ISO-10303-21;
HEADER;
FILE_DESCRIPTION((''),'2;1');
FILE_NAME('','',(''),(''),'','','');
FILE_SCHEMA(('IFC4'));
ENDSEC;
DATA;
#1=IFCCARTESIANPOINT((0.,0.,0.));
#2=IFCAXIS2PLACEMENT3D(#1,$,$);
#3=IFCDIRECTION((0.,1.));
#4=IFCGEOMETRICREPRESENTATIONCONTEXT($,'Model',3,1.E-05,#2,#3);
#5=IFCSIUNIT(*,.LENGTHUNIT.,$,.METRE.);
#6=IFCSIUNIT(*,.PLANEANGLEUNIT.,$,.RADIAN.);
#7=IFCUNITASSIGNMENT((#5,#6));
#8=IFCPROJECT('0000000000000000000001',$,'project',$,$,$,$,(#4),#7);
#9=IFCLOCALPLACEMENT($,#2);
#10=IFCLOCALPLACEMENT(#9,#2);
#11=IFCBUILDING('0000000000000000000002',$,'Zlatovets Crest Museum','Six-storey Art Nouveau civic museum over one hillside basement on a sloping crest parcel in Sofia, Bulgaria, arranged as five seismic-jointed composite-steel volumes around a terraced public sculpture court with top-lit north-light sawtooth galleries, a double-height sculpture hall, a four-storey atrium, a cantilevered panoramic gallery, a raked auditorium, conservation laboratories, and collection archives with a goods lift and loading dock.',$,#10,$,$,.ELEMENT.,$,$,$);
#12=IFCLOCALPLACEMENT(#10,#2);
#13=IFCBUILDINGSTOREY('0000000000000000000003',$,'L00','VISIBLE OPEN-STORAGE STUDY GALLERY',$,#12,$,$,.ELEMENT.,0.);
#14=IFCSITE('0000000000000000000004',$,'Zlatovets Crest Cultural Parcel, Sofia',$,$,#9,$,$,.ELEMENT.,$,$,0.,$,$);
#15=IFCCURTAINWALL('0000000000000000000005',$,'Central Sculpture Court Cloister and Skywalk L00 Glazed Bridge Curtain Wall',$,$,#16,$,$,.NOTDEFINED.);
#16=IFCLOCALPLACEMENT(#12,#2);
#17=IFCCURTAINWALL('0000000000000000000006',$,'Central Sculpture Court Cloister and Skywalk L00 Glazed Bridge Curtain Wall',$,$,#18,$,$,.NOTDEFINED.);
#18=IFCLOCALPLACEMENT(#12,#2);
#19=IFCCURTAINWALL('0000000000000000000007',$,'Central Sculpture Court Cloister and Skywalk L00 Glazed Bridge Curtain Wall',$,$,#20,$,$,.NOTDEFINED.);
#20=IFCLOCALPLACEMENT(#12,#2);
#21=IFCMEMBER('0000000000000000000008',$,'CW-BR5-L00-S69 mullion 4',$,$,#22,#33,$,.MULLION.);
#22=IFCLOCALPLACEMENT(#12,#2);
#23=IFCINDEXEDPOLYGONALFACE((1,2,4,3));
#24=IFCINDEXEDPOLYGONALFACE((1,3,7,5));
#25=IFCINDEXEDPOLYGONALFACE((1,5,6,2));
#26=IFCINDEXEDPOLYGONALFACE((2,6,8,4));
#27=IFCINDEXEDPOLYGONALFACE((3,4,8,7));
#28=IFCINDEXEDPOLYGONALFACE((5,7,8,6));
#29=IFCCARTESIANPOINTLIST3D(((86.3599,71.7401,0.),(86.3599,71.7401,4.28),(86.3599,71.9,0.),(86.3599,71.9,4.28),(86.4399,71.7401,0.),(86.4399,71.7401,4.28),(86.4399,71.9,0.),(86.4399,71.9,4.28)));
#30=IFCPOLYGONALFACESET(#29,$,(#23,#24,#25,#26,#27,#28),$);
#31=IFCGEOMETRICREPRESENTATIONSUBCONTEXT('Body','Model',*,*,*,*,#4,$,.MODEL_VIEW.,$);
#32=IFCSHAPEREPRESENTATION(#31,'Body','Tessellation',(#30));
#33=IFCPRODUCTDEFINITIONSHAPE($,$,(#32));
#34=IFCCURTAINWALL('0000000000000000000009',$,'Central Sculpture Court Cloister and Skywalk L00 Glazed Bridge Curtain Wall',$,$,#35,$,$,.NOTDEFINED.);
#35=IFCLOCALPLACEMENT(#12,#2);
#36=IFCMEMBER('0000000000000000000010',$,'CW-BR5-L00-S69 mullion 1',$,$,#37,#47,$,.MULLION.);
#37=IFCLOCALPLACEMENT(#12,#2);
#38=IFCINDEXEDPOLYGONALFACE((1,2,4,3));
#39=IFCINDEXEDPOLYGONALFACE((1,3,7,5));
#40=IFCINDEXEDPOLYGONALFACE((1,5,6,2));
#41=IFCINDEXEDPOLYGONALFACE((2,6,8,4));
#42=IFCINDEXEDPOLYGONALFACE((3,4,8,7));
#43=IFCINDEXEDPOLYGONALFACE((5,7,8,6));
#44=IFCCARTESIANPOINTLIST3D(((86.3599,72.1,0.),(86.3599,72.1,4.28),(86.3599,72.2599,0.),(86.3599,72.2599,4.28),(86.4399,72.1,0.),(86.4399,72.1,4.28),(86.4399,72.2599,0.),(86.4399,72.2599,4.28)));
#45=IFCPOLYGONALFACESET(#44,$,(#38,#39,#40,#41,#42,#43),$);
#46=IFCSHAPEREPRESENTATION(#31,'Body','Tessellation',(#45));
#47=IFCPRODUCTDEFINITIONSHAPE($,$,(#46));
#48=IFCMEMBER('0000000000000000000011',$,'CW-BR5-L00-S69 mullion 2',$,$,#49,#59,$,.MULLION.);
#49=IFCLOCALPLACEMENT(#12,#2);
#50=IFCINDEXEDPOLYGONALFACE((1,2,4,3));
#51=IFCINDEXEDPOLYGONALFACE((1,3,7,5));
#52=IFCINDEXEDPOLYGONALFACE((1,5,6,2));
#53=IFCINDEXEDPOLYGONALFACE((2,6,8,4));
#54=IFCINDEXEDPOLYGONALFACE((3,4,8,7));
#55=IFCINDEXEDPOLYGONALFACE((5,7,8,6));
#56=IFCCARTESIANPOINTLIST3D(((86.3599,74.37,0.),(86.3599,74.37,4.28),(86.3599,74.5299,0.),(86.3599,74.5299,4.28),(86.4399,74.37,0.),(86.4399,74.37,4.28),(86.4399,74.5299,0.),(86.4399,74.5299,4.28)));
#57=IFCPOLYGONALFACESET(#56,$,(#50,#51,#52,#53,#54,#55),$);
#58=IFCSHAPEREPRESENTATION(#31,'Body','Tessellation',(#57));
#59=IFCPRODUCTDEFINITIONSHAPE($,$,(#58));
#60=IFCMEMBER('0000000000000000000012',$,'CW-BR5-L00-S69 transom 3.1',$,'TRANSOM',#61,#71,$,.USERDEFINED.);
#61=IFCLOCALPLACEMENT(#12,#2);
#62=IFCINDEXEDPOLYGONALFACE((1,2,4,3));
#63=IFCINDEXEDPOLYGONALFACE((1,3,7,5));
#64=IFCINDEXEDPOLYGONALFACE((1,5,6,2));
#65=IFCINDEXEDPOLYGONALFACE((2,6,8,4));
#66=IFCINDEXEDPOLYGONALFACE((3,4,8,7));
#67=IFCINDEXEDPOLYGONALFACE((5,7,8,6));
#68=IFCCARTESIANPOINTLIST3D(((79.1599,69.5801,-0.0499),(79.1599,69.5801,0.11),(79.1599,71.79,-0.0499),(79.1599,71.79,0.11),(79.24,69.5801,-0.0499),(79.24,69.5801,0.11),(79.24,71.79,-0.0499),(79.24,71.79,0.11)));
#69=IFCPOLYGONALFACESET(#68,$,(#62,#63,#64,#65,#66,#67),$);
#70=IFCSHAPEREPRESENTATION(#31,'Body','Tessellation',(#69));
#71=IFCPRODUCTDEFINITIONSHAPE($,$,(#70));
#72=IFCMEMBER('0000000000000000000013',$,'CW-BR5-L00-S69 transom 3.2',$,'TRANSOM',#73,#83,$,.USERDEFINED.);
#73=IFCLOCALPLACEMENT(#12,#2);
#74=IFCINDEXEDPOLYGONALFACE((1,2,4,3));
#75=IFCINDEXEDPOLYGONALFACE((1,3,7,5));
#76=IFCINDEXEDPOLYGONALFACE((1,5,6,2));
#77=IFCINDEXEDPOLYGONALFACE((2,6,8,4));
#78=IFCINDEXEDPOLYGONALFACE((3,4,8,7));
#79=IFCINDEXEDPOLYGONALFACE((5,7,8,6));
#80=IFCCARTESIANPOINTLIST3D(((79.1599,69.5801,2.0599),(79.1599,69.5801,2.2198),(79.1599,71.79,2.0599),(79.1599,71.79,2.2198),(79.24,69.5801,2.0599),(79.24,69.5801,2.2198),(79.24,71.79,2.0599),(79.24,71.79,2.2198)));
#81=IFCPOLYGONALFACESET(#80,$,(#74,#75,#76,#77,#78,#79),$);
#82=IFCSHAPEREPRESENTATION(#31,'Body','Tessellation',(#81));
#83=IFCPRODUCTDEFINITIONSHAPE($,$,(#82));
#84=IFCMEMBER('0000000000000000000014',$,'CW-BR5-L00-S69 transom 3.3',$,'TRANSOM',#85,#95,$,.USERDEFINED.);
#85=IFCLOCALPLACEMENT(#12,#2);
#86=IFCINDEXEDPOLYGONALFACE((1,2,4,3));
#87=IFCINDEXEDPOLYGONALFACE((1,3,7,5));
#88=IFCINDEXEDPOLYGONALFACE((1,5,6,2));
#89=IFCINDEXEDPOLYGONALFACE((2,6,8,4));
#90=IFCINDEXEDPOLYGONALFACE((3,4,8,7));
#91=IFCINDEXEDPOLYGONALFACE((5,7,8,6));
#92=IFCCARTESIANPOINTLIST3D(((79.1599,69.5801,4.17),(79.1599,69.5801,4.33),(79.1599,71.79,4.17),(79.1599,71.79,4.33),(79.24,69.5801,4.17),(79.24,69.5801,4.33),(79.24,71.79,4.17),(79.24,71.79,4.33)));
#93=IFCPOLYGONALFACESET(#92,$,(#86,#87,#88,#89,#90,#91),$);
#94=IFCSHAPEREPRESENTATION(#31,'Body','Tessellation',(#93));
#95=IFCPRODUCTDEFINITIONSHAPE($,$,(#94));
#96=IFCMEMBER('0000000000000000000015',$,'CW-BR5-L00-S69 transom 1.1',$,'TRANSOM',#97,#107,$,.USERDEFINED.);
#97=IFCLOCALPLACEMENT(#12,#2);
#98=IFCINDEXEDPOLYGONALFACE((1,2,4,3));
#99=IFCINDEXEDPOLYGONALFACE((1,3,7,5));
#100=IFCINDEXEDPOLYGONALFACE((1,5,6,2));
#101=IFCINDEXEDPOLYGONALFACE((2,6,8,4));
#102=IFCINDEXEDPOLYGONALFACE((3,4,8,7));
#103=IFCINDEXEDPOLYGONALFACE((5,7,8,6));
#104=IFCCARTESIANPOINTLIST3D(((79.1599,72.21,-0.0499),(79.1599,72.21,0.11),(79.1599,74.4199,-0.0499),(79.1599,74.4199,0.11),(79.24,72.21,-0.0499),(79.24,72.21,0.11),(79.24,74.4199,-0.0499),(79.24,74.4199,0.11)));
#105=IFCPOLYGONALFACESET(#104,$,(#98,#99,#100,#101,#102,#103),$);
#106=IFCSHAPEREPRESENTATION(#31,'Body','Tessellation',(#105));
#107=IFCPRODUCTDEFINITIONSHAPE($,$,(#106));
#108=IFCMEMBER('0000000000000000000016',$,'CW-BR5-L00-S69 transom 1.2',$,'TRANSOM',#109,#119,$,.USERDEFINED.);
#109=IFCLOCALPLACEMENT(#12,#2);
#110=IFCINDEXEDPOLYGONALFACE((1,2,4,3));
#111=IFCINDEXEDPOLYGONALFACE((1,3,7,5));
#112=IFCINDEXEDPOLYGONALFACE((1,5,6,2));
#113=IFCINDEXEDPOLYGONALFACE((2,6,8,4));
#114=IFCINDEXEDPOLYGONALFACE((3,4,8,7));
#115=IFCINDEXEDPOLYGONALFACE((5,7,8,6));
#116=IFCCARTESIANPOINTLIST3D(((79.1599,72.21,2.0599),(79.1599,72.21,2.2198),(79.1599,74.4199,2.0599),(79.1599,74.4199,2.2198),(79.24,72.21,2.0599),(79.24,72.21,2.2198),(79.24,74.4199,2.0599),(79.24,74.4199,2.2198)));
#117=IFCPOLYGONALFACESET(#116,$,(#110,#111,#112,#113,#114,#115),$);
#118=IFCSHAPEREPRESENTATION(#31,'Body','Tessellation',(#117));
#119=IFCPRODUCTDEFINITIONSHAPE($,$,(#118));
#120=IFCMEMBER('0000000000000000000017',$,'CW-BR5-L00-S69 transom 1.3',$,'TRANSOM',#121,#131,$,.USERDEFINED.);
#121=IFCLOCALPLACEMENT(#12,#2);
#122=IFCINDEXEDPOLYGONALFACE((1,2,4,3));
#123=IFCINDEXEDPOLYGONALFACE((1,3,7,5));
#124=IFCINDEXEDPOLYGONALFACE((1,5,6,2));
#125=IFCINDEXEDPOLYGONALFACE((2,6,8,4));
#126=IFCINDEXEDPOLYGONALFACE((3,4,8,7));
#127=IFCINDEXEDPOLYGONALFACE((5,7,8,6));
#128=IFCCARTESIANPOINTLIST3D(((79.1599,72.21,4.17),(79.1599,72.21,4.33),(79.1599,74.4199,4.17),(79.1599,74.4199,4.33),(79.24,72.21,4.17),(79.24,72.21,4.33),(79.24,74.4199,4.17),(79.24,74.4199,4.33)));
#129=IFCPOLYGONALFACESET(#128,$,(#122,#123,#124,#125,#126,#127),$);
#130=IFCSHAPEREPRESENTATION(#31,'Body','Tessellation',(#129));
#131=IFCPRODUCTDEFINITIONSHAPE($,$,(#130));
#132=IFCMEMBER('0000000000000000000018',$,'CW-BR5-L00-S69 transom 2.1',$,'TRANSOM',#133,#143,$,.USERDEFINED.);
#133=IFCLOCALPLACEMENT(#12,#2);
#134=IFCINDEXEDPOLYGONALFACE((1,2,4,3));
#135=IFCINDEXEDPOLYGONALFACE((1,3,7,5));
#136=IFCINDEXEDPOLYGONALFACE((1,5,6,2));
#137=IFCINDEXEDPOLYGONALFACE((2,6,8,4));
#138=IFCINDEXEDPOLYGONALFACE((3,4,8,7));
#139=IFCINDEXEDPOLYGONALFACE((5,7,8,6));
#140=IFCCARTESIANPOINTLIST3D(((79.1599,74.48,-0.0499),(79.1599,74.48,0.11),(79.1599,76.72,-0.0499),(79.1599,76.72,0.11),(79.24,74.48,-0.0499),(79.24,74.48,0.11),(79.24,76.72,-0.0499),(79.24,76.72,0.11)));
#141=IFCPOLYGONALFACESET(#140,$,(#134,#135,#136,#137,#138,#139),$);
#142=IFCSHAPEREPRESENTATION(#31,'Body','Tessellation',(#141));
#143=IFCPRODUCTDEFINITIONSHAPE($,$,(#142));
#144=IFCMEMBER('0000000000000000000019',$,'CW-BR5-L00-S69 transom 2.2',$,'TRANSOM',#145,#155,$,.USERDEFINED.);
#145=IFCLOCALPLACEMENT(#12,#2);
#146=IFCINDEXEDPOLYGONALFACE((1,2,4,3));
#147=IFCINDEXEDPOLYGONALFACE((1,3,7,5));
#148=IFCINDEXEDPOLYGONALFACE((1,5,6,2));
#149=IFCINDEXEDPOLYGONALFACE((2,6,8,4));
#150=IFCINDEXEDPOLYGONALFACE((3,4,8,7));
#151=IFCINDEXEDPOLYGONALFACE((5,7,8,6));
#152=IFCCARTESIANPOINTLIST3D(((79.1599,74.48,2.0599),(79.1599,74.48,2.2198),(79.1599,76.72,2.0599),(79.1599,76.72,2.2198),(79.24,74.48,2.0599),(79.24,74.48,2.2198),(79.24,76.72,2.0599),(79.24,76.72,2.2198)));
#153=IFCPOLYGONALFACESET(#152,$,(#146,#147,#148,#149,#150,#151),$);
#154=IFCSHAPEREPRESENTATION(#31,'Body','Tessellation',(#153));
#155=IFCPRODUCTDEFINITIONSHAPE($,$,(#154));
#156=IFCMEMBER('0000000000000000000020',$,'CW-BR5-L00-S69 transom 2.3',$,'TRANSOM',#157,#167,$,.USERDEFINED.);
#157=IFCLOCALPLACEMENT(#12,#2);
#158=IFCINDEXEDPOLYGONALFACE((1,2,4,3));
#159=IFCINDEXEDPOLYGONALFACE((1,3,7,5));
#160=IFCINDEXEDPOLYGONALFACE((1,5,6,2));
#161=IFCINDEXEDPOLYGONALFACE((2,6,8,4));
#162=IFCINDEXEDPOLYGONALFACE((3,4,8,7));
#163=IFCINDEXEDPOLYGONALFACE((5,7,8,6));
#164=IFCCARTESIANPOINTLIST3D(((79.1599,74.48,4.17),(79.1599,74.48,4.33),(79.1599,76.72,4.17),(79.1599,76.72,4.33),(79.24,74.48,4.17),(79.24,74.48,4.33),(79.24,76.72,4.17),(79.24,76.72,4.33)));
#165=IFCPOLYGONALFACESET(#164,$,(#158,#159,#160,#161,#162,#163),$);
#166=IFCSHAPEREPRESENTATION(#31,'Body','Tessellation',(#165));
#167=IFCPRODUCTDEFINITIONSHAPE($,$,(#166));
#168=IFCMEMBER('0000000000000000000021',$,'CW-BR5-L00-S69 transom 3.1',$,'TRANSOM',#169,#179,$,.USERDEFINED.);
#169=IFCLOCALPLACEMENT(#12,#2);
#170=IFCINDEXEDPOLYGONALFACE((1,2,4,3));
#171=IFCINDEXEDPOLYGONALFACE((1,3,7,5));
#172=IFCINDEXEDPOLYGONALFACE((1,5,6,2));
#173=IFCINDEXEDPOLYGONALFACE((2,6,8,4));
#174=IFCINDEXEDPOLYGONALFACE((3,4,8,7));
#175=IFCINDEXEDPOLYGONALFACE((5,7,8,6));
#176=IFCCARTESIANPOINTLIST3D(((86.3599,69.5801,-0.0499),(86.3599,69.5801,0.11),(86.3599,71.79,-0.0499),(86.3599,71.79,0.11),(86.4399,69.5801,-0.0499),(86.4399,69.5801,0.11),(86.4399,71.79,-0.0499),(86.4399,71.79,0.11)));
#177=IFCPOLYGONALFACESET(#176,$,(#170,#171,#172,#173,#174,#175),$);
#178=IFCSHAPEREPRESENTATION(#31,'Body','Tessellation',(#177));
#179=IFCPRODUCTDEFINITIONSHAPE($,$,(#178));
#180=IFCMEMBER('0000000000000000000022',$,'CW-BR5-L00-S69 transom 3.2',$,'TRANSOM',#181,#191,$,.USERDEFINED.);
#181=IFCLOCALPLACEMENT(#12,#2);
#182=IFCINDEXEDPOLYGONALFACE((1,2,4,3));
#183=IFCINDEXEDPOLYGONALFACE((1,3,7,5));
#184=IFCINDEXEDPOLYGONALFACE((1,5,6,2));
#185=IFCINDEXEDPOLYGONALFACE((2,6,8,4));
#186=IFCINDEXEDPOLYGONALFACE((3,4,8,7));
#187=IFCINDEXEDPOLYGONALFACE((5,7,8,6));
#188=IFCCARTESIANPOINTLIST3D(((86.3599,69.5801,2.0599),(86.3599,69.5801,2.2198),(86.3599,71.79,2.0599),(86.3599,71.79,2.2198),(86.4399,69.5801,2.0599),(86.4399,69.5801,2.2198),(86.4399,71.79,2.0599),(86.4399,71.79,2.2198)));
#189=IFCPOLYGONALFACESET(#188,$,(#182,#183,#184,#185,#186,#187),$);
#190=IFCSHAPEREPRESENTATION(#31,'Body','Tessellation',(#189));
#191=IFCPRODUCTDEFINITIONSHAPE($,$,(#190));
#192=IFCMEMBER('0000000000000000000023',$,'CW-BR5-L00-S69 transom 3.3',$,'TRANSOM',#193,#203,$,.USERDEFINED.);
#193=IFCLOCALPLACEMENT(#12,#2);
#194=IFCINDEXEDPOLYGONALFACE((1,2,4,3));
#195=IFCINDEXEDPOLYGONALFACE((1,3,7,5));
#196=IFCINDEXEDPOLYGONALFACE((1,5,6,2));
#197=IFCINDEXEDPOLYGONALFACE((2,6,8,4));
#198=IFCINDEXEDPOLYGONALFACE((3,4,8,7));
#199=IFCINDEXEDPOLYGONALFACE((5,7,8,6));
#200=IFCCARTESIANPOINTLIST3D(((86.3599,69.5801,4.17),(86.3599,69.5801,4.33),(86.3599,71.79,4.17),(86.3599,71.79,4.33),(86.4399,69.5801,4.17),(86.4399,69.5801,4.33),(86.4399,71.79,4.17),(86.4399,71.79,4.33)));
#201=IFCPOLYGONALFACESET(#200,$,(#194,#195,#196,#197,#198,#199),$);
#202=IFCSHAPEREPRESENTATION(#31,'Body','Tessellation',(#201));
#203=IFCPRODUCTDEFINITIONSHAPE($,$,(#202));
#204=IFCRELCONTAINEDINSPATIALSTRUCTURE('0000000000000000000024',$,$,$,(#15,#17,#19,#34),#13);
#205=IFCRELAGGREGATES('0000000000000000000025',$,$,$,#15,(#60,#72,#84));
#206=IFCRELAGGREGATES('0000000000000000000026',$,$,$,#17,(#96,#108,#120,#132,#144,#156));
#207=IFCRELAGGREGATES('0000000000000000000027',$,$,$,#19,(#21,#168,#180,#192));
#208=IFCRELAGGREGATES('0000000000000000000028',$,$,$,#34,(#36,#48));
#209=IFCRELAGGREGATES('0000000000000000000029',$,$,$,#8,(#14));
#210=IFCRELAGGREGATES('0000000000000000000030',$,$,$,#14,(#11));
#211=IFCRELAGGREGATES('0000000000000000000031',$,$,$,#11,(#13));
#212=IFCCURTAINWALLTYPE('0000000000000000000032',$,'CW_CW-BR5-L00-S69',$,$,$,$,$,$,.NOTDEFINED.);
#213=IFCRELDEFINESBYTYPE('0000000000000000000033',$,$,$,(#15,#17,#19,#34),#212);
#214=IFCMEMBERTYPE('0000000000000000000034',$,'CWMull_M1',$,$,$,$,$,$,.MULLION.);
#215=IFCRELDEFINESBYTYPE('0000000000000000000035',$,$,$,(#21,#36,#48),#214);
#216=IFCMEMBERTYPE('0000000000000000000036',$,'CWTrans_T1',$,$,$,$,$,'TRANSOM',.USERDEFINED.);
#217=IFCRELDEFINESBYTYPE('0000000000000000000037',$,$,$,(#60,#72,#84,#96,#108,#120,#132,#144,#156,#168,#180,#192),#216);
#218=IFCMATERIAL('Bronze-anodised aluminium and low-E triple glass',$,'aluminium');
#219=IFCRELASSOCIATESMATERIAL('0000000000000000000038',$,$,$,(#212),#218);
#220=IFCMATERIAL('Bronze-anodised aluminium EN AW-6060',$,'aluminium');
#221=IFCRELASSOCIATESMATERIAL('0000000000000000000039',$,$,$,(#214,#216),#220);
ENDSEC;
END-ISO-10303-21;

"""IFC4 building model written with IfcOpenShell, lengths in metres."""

from ifc_helpers import new_model, si_unit, direction, frame, origin, origin_2d, place, context, subcontext, project, spatial, rectangle, extrude, material, material_profile, profile_set, type_object, element, aggregate, save


model = new_model("IFC4")

# Units and contexts
model_context = context("Model", 3, precision=1e-05, world=origin(), true_north=direction((0.0, 1.0)))
body_context = subcontext(model_context, "Body", "Model", "MODEL_VIEW")
ifc_project = project(units=[si_unit("LENGTHUNIT", "METRE"), si_unit("PLANEANGLEUNIT", "RADIAN")], contexts=[model_context])

# Site, building, storey
site_placement = place(None, origin())
site = spatial("IfcSite", under=ifc_project, at=site_placement, Name="Zlatovets Crest Cultural Parcel, Sofia", CompositionType="ELEMENT", RefElevation=0.0)
building_placement = place(site_placement, origin())
building = spatial("IfcBuilding", under=site, at=building_placement, Name="Zlatovets Crest Museum", Description="Six-storey Art Nouveau civic museum over one hillside basement on a sloping crest parcel in Sofia, Bulgaria, arranged as five seismic-jointed composite-steel volumes around a terraced public sculpture court with top-lit north-light sawtooth galleries, a double-height sculpture hall, a four-storey atrium, a cantilevered panoramic gallery, a raked auditorium, conservation laboratories, and collection archives with a goods lift and loading dock.", CompositionType="ELEMENT")
storey_placement = place(building_placement, origin())
storey = spatial("IfcBuildingStorey", under=building, at=storey_placement, Name="L00", Description="VISIBLE OPEN-STORAGE STUDY GALLERY", CompositionType="ELEMENT", Elevation=0.0)

# Curtain walls, members
ifc_material_1 = material(Name="Bronze-anodised aluminium and low-E triple glass", Category="aluminium")
curtain_wall_type = type_object("IfcCurtainWallType", Name="CW_CW-BR5-L00-S69", PredefinedType="NOTDEFINED", material=ifc_material_1)
curtain_wall_1_placement = place(storey_placement, origin())
curtain_wall_1 = element("IfcCurtainWall", 1, at=curtain_wall_1_placement, inside=storey, type_object=curtain_wall_type, Name="Central Sculpture Court Cloister and Skywalk L00 Glazed Bridge Curtain Wall", PredefinedType="NOTDEFINED")
ifc_material_2 = material(Name="Bronze-anodised aluminium EN AW-6060", Category="aluminium")
ifc_material_profile_1 = material_profile(ifc_material_2, rectangle(XDim=0.0801, YDim=0.1599, at=origin_2d()), Name="ALU 80x160")
ifc_profile_set_1 = profile_set([ifc_material_profile_1], Name="Bronze-anodised aluminium EN AW-6060")
member_type_1 = type_object("IfcMemberType", Name="CWMull_M1", PredefinedType="MULLION", material=ifc_profile_set_1)
curtain_wall_2_placement = place(storey_placement, origin())
curtain_wall_2 = element("IfcCurtainWall", 2, at=curtain_wall_2_placement, inside=storey, type_object=curtain_wall_type, Name="Central Sculpture Court Cloister and Skywalk L00 Glazed Bridge Curtain Wall", PredefinedType="NOTDEFINED")
curtain_wall_3_placement = place(storey_placement, origin())
curtain_wall_3 = element("IfcCurtainWall", 3, at=curtain_wall_3_placement, inside=storey, type_object=curtain_wall_type, Name="Central Sculpture Court Cloister and Skywalk L00 Glazed Bridge Curtain Wall", PredefinedType="NOTDEFINED")
member_1_placement = place(storey_placement, frame((86.3999, 71.8201, 0.0), z_axis=(0.0, 0.0, 1.0), x_axis=(-1.0, 0.0, 0.0)))
member_1 = element("IfcMember", 4, at=member_1_placement, type_object=member_type_1, Name="CW-BR5-L00-S69 mullion 4", PredefinedType="MULLION", context=body_context, shape_type="SweptSolid", body=[
    extrude(rectangle(XDim=0.0801, YDim=0.1599, at=origin_2d()), origin(), (0.0, 0.0, 1.0), 4.28),
])
curtain_wall_4_placement = place(storey_placement, origin())
curtain_wall_4 = element("IfcCurtainWall", 5, at=curtain_wall_4_placement, inside=storey, type_object=curtain_wall_type, Name="Central Sculpture Court Cloister and Skywalk L00 Glazed Bridge Curtain Wall", PredefinedType="NOTDEFINED")
member_2_placement = place(storey_placement, frame((86.3999, 72.1799, 0.0), z_axis=(0.0, 0.0, 1.0), x_axis=(-1.0, 0.0, 0.0)))
member_2 = element("IfcMember", 6, at=member_2_placement, type_object=member_type_1, Name="CW-BR5-L00-S69 mullion 1", PredefinedType="MULLION", context=body_context, shape_type="SweptSolid", body=[
    extrude(rectangle(XDim=0.0801, YDim=0.1599, at=origin_2d()), origin(), (0.0, 0.0, 1.0), 4.28),
])
member_3_placement = place(storey_placement, frame((86.3999, 74.45, 0.0), z_axis=(0.0, 0.0, 1.0), x_axis=(-1.0, 0.0, 0.0)))
member_3 = element("IfcMember", 7, at=member_3_placement, type_object=member_type_1, Name="CW-BR5-L00-S69 mullion 2", PredefinedType="MULLION", context=body_context, shape_type="SweptSolid", body=[
    extrude(rectangle(XDim=0.0801, YDim=0.1599, at=origin_2d()), origin(), (0.0, 0.0, 1.0), 4.28),
])

# Members
ifc_material_profile_2 = material_profile(ifc_material_2, rectangle(XDim=0.0801, YDim=0.1599, at=origin_2d()), Name="ALU 80x160")
ifc_profile_set_2 = profile_set([ifc_material_profile_2], Name="Bronze-anodised aluminium EN AW-6060")
member_type_2 = type_object("IfcMemberType", Name="CWTrans_T1", ElementType="TRANSOM", PredefinedType="USERDEFINED", material=ifc_profile_set_2)
member_4_placement = place(storey_placement, frame((79.2, 69.5801, 0.03), z_axis=(0.0, 1.0, 0.0), x_axis=(-1.0, 0.0, 0.0)))
member_4 = element("IfcMember", 8, at=member_4_placement, type_object=member_type_2, Name="CW-BR5-L00-S69 transom 3.1", ObjectType="TRANSOM", PredefinedType="USERDEFINED", context=body_context, shape_type="SweptSolid", body=[
    extrude(rectangle(XDim=0.0801, YDim=0.1599, at=origin_2d()), origin(), (0.0, 0.0, 1.0), 2.21),
])
member_5_placement = place(storey_placement, frame((79.2, 69.5801, 2.1399), z_axis=(0.0, 1.0, 0.0), x_axis=(-1.0, 0.0, 0.0)))
member_5 = element("IfcMember", 9, at=member_5_placement, type_object=member_type_2, Name="CW-BR5-L00-S69 transom 3.2", ObjectType="TRANSOM", PredefinedType="USERDEFINED", context=body_context, shape_type="SweptSolid", body=[
    extrude(rectangle(XDim=0.0801, YDim=0.1599, at=origin_2d()), origin(), (0.0, 0.0, 1.0), 2.21),
])
member_6_placement = place(storey_placement, frame((79.2, 69.5801, 4.25), z_axis=(0.0, 1.0, 0.0), x_axis=(-1.0, 0.0, 0.0)))
member_6 = element("IfcMember", 10, at=member_6_placement, type_object=member_type_2, Name="CW-BR5-L00-S69 transom 3.3", ObjectType="TRANSOM", PredefinedType="USERDEFINED", context=body_context, shape_type="SweptSolid", body=[
    extrude(rectangle(XDim=0.0801, YDim=0.1599, at=origin_2d()), origin(), (0.0, 0.0, 1.0), 2.21),
])
member_7_placement = place(storey_placement, frame((79.2, 72.21, 0.03), z_axis=(0.0, 1.0, 0.0), x_axis=(-1.0, 0.0, 0.0)))
member_7 = element("IfcMember", 11, at=member_7_placement, type_object=member_type_2, Name="CW-BR5-L00-S69 transom 1.1", ObjectType="TRANSOM", PredefinedType="USERDEFINED", context=body_context, shape_type="SweptSolid", body=[
    extrude(rectangle(XDim=0.0801, YDim=0.1599, at=origin_2d()), origin(), (0.0, 0.0, 1.0), 2.21),
])
member_8_placement = place(storey_placement, frame((79.2, 72.21, 2.1399), z_axis=(0.0, 1.0, 0.0), x_axis=(-1.0, 0.0, 0.0)))
member_8 = element("IfcMember", 12, at=member_8_placement, type_object=member_type_2, Name="CW-BR5-L00-S69 transom 1.2", ObjectType="TRANSOM", PredefinedType="USERDEFINED", context=body_context, shape_type="SweptSolid", body=[
    extrude(rectangle(XDim=0.0801, YDim=0.1599, at=origin_2d()), origin(), (0.0, 0.0, 1.0), 2.21),
])
member_9_placement = place(storey_placement, frame((79.2, 72.21, 4.25), z_axis=(0.0, 1.0, 0.0), x_axis=(-1.0, 0.0, 0.0)))
member_9 = element("IfcMember", 13, at=member_9_placement, type_object=member_type_2, Name="CW-BR5-L00-S69 transom 1.3", ObjectType="TRANSOM", PredefinedType="USERDEFINED", context=body_context, shape_type="SweptSolid", body=[
    extrude(rectangle(XDim=0.0801, YDim=0.1599, at=origin_2d()), origin(), (0.0, 0.0, 1.0), 2.21),
])
member_10_placement = place(storey_placement, frame((79.2, 74.48, 0.03), z_axis=(0.0, 1.0, 0.0), x_axis=(-1.0, 0.0, 0.0)))
member_10 = element("IfcMember", 14, at=member_10_placement, type_object=member_type_2, Name="CW-BR5-L00-S69 transom 2.1", ObjectType="TRANSOM", PredefinedType="USERDEFINED", context=body_context, shape_type="SweptSolid", body=[
    extrude(rectangle(XDim=0.0801, YDim=0.1599, at=origin_2d()), origin(), (0.0, 0.0, 1.0), 2.24),
])
member_11_placement = place(storey_placement, frame((79.2, 74.48, 2.1399), z_axis=(0.0, 1.0, 0.0), x_axis=(-1.0, 0.0, 0.0)))
member_11 = element("IfcMember", 15, at=member_11_placement, type_object=member_type_2, Name="CW-BR5-L00-S69 transom 2.2", ObjectType="TRANSOM", PredefinedType="USERDEFINED", context=body_context, shape_type="SweptSolid", body=[
    extrude(rectangle(XDim=0.0801, YDim=0.1599, at=origin_2d()), origin(), (0.0, 0.0, 1.0), 2.24),
])
member_12_placement = place(storey_placement, frame((79.2, 74.48, 4.25), z_axis=(0.0, 1.0, 0.0), x_axis=(-1.0, 0.0, 0.0)))
member_12 = element("IfcMember", 16, at=member_12_placement, type_object=member_type_2, Name="CW-BR5-L00-S69 transom 2.3", ObjectType="TRANSOM", PredefinedType="USERDEFINED", context=body_context, shape_type="SweptSolid", body=[
    extrude(rectangle(XDim=0.0801, YDim=0.1599, at=origin_2d()), origin(), (0.0, 0.0, 1.0), 2.24),
])
member_13_placement = place(storey_placement, frame((86.3999, 69.5801, 0.03), z_axis=(0.0, 1.0, 0.0), x_axis=(-1.0, 0.0, 0.0)))
member_13 = element("IfcMember", 17, at=member_13_placement, type_object=member_type_2, Name="CW-BR5-L00-S69 transom 3.1", ObjectType="TRANSOM", PredefinedType="USERDEFINED", context=body_context, shape_type="SweptSolid", body=[
    extrude(rectangle(XDim=0.0801, YDim=0.1599, at=origin_2d()), origin(), (0.0, 0.0, 1.0), 2.21),
])
member_14_placement = place(storey_placement, frame((86.3999, 69.5801, 2.1399), z_axis=(0.0, 1.0, 0.0), x_axis=(-1.0, 0.0, 0.0)))
member_14 = element("IfcMember", 18, at=member_14_placement, type_object=member_type_2, Name="CW-BR5-L00-S69 transom 3.2", ObjectType="TRANSOM", PredefinedType="USERDEFINED", context=body_context, shape_type="SweptSolid", body=[
    extrude(rectangle(XDim=0.0801, YDim=0.1599, at=origin_2d()), origin(), (0.0, 0.0, 1.0), 2.21),
])
member_15_placement = place(storey_placement, frame((86.3999, 69.5801, 4.25), z_axis=(0.0, 1.0, 0.0), x_axis=(-1.0, 0.0, 0.0)))
member_15 = element("IfcMember", 19, at=member_15_placement, type_object=member_type_2, Name="CW-BR5-L00-S69 transom 3.3", ObjectType="TRANSOM", PredefinedType="USERDEFINED", context=body_context, shape_type="SweptSolid", body=[
    extrude(rectangle(XDim=0.0801, YDim=0.1599, at=origin_2d()), origin(), (0.0, 0.0, 1.0), 2.21),
])

aggregate(curtain_wall_1, [member_4, member_5, member_6])
aggregate(curtain_wall_2, [member_7, member_8, member_9, member_10, member_11, member_12])
aggregate(curtain_wall_3, [member_1, member_13, member_14, member_15])
aggregate(curtain_wall_4, [member_2, member_3])

save(model, "model.ifc")
